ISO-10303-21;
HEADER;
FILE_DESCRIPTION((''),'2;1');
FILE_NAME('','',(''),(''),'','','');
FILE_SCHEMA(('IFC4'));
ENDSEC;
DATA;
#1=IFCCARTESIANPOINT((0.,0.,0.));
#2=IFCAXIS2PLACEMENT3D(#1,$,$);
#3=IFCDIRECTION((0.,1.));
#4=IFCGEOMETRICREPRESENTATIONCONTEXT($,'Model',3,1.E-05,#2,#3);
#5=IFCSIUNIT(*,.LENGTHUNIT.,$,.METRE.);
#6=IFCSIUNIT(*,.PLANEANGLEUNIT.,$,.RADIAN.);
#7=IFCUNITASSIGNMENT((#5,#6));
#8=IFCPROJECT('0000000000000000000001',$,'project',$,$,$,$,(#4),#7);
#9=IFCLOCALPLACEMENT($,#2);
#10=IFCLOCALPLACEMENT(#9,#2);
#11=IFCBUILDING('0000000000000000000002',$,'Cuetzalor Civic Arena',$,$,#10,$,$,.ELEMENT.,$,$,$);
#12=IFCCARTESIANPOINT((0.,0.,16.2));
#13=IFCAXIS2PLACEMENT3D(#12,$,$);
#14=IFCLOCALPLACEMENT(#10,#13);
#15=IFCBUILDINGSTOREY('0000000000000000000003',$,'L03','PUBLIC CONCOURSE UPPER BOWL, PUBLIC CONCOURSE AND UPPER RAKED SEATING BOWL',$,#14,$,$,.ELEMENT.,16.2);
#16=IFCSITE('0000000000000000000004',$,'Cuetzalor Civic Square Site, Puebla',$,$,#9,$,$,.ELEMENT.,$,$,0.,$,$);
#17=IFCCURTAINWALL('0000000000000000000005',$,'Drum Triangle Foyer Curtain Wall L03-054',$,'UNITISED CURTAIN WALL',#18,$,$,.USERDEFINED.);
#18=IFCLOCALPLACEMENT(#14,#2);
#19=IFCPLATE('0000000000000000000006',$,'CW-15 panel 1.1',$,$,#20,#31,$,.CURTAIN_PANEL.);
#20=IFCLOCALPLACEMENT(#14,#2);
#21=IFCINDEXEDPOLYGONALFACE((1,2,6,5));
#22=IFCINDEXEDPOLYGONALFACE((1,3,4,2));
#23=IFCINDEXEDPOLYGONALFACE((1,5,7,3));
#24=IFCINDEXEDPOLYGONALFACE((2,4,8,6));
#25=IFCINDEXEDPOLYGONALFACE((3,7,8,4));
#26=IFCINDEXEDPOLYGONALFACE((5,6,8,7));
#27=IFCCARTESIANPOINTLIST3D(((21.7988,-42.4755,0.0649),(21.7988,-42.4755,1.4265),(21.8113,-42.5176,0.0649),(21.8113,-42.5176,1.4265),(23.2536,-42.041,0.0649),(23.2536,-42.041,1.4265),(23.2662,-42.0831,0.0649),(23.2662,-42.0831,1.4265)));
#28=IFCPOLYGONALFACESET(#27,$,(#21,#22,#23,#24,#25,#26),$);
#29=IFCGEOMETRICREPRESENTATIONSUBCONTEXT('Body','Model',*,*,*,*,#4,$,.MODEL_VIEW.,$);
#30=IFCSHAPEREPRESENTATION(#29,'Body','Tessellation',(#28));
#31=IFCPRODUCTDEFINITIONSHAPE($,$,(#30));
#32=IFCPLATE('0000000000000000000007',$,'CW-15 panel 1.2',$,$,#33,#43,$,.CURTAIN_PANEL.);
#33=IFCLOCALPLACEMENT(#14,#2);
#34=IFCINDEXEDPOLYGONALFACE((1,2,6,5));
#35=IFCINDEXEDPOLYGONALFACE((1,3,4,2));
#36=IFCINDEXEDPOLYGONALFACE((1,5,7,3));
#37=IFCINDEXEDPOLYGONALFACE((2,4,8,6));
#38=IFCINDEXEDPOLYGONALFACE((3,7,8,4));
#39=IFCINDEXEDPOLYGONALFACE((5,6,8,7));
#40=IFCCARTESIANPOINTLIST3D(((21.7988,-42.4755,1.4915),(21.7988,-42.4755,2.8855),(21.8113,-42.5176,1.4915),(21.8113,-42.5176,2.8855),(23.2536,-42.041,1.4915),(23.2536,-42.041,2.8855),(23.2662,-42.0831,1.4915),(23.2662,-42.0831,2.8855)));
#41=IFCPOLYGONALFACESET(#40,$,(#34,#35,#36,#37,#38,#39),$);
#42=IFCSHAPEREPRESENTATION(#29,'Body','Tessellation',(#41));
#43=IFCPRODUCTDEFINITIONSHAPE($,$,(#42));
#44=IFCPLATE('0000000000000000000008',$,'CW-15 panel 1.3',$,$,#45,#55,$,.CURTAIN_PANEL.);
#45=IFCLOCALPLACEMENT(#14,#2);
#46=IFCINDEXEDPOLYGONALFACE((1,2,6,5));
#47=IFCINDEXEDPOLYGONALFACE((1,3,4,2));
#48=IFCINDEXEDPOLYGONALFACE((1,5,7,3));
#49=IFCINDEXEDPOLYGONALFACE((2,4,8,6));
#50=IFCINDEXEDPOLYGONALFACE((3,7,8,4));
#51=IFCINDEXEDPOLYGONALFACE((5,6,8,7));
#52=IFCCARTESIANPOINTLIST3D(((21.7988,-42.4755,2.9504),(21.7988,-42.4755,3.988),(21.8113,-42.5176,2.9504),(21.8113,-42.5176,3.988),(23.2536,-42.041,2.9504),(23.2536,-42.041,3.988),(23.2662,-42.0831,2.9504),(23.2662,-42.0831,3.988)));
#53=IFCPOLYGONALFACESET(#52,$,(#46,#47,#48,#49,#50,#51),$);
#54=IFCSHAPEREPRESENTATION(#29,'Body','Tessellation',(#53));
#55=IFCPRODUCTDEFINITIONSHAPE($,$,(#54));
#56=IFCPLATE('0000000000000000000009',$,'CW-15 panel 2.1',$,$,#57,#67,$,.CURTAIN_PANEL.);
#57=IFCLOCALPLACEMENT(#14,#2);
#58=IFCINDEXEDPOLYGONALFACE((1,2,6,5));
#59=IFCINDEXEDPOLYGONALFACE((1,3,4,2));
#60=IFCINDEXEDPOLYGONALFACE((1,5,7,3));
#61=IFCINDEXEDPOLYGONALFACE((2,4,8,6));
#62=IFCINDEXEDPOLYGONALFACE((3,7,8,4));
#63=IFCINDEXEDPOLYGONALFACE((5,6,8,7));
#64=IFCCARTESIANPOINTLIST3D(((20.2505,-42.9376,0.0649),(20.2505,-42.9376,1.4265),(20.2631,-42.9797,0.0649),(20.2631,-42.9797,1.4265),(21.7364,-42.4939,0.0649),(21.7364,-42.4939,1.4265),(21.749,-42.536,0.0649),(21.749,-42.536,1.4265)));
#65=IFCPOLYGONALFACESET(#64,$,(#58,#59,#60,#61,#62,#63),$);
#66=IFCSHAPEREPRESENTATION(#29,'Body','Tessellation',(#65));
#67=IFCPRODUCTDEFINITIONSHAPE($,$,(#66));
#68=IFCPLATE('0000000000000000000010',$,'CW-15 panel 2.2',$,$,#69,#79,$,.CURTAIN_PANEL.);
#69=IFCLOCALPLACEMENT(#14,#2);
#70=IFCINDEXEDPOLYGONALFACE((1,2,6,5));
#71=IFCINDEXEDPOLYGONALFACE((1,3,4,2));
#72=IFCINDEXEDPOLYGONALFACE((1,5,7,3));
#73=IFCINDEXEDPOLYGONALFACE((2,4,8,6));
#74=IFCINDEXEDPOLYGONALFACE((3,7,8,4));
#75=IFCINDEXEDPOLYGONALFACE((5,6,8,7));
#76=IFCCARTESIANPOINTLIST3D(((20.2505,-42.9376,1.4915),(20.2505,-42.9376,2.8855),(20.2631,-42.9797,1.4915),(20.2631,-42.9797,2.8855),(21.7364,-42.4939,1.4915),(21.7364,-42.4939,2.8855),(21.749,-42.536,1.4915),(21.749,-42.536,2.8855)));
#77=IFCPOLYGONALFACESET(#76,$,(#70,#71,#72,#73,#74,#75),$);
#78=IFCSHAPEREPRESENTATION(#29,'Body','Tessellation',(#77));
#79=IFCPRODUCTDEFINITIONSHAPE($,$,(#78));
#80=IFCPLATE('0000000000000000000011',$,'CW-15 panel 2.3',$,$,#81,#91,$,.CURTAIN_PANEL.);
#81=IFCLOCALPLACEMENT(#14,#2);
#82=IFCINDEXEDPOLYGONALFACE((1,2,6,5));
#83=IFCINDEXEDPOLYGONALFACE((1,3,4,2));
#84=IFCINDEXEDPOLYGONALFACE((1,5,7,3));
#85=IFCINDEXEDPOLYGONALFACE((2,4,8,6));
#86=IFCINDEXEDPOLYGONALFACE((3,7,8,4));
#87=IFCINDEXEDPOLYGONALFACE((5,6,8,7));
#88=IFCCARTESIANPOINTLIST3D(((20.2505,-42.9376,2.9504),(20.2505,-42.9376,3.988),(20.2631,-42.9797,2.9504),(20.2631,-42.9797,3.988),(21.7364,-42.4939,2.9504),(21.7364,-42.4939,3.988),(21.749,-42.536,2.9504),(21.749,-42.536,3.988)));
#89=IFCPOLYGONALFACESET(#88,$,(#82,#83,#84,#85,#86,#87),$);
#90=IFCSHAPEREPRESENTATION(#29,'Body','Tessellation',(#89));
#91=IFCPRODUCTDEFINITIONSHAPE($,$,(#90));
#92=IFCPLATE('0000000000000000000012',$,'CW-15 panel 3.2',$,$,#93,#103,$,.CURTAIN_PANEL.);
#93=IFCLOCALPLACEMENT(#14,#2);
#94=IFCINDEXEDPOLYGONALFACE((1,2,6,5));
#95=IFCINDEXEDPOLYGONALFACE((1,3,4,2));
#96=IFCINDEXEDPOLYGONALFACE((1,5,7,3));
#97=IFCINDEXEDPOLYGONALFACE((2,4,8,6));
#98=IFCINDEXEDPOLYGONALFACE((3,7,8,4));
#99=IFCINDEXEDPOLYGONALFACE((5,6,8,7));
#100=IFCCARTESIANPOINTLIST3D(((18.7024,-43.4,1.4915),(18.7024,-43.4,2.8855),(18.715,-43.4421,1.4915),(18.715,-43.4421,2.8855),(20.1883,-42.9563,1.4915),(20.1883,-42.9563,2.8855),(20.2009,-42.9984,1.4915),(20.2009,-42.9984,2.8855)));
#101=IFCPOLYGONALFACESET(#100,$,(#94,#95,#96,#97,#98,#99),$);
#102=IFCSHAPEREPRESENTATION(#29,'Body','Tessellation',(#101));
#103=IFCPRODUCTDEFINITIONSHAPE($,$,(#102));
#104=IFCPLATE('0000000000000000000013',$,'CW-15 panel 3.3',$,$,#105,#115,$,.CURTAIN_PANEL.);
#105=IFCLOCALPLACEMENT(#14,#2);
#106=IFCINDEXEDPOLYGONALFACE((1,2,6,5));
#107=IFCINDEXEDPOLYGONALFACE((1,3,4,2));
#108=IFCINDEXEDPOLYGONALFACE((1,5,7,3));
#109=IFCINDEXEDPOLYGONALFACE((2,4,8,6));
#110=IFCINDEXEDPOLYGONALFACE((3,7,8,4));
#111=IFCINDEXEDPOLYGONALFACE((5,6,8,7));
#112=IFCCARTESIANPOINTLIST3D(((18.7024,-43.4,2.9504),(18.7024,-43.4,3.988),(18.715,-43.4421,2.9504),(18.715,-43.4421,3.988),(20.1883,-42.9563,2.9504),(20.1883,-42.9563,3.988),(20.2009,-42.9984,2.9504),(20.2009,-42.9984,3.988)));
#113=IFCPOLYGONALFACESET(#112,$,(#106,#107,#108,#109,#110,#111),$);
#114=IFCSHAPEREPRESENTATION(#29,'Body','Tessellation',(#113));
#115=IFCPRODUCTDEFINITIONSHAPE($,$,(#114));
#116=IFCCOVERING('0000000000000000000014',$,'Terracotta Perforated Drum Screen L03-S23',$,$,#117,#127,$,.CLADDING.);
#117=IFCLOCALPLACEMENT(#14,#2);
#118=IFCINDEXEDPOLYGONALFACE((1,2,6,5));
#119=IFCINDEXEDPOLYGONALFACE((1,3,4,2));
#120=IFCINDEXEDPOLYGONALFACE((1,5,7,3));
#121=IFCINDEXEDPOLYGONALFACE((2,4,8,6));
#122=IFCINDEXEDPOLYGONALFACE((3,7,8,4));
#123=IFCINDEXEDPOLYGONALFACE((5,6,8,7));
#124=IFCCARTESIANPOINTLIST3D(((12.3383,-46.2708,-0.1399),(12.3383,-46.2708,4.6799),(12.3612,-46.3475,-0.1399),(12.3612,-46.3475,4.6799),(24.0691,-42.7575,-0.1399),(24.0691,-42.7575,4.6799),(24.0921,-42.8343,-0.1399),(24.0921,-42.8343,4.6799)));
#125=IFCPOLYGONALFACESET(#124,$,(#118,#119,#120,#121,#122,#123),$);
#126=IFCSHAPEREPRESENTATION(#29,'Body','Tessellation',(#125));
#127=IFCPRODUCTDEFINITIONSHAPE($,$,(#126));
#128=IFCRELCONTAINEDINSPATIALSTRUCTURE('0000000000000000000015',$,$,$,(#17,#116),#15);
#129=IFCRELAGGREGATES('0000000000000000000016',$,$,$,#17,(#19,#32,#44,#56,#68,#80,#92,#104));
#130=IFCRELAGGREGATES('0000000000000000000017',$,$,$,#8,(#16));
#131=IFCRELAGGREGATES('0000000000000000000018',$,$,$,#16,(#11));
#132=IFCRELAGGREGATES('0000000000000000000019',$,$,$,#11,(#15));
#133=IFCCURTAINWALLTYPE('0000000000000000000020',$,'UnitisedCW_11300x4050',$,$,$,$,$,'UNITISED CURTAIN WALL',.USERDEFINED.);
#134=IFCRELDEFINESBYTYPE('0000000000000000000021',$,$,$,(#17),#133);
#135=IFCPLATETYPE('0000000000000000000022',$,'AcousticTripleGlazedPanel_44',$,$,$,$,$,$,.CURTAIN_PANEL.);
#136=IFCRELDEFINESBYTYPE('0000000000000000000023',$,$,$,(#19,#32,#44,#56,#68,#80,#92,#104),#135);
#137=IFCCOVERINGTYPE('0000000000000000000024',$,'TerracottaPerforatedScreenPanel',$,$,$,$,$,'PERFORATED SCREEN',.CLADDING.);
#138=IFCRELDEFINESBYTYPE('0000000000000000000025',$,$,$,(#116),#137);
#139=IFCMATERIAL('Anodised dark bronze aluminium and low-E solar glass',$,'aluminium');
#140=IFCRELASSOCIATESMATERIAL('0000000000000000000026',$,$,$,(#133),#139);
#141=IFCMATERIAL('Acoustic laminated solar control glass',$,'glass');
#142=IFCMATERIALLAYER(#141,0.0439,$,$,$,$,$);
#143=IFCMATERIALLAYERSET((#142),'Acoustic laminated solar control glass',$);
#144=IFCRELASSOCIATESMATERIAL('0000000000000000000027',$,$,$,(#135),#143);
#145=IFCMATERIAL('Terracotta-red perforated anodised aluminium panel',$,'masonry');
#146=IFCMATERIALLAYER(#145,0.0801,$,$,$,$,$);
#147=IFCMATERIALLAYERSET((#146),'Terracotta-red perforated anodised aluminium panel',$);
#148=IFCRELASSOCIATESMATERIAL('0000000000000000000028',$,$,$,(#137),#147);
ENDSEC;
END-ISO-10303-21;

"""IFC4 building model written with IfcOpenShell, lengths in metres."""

from ifc_helpers import new_model, si_unit, direction, frame, frame_2d, origin, origin_2d, place, context, subcontext, project, spatial, rectangle, extrude, material, layer, layer_set, type_object, element, aggregate, save


model = new_model("IFC4")

# Units and contexts
model_context = context("Model", 3, precision=1e-05, world=origin(), true_north=direction((0.0, 1.0)))
body_context = subcontext(model_context, "Body", "Model", "MODEL_VIEW")
ifc_project = project(units=[si_unit("LENGTHUNIT", "METRE"), si_unit("PLANEANGLEUNIT", "RADIAN")], contexts=[model_context])

# Site, building, storey
site_placement = place(None, origin())
site = spatial("IfcSite", under=ifc_project, at=site_placement, Name="Cuetzalor Civic Square Site, Puebla", CompositionType="ELEMENT", RefElevation=0.0)
building_placement = place(site_placement, origin())
building = spatial("IfcBuilding", under=site, at=building_placement, Name="Cuetzalor Civic Arena", CompositionType="ELEMENT")
storey_placement = place(building_placement, frame((0.0, 0.0, 16.2)))
storey = spatial("IfcBuildingStorey", under=building, at=storey_placement, Name="L03", Description="PUBLIC CONCOURSE UPPER BOWL, PUBLIC CONCOURSE AND UPPER RAKED SEATING BOWL", CompositionType="ELEMENT", Elevation=16.2)

# Curtain wall, plates
ifc_material_1 = material(Name="Anodised dark bronze aluminium and low-E solar glass", Category="aluminium")
curtain_wall_type = type_object("IfcCurtainWallType", Name="UnitisedCW_11300x4050", ElementType="UNITISED CURTAIN WALL", PredefinedType="USERDEFINED", material=ifc_material_1)
curtain_wall_placement = place(storey_placement, origin())
curtain_wall = element("IfcCurtainWall", 1, at=curtain_wall_placement, inside=storey, type_object=curtain_wall_type, Name="Drum Triangle Foyer Curtain Wall L03-054", ObjectType="UNITISED CURTAIN WALL", PredefinedType="USERDEFINED")
ifc_material_2 = material(Name="Acoustic laminated solar control glass", Category="glass")
ifc_layer_1 = layer(ifc_material_2, 0.0439)
ifc_layer_set_1 = layer_set([ifc_layer_1], Name="Acoustic laminated solar control glass")
plate_type = type_object("IfcPlateType", Name="AcousticTripleGlazedPanel_44", PredefinedType="CURTAIN_PANEL", material=ifc_layer_set_1)
plate_1_placement = place(storey_placement, frame((22.5325, -42.2793, 0.0649), z_axis=(0.0, 0.0, 1.0), x_axis=(-0.958194, -0.28612, 0.0)))
plate_1 = element("IfcPlate", 2, at=plate_1_placement, type_object=plate_type, Name="CW-15 panel 1.1", PredefinedType="CURTAIN_PANEL", context=body_context, shape_type="SweptSolid", body=[
    extrude(rectangle(XDim=1.5183, YDim=0.0439, at=origin_2d()), origin(), (0.0, 0.0, 1.0), 1.3616),
])
plate_2_placement = place(storey_placement, frame((22.5325, -42.2793, 1.4915), z_axis=(0.0, 0.0, 1.0), x_axis=(-0.958194, -0.28612, 0.0)))
plate_2 = element("IfcPlate", 3, at=plate_2_placement, type_object=plate_type, Name="CW-15 panel 1.2", PredefinedType="CURTAIN_PANEL", context=body_context, shape_type="SweptSolid", body=[
    extrude(rectangle(XDim=1.5183, YDim=0.0439, at=origin_2d()), origin(), (0.0, 0.0, 1.0), 1.394),
])
plate_3_placement = place(storey_placement, frame((22.5325, -42.2793, 2.9504), z_axis=(0.0, 0.0, 1.0), x_axis=(-0.958194, -0.28612, 0.0)))
plate_3 = element("IfcPlate", 4, at=plate_3_placement, type_object=plate_type, Name="CW-15 panel 1.3", PredefinedType="CURTAIN_PANEL", context=body_context, shape_type="SweptSolid", body=[
    extrude(rectangle(XDim=1.5183, YDim=0.0439, at=origin_2d()), origin(), (0.0, 0.0, 1.0), 1.0376),
])
plate_4_placement = place(storey_placement, frame((20.9998, -42.7368, 0.0649), z_axis=(0.0, 0.0, 1.0), x_axis=(-0.958194, -0.28612, 0.0)))
plate_4 = element("IfcPlate", 5, at=plate_4_placement, type_object=plate_type, Name="CW-15 panel 2.1", PredefinedType="CURTAIN_PANEL", context=body_context, shape_type="SweptSolid", body=[
    extrude(rectangle(XDim=1.5508, YDim=0.0439, at=origin_2d()), origin(), (0.0, 0.0, 1.0), 1.3616),
])
plate_5_placement = place(storey_placement, frame((20.9998, -42.7368, 1.4915), z_axis=(0.0, 0.0, 1.0), x_axis=(-0.958194, -0.28612, 0.0)))
plate_5 = element("IfcPlate", 6, at=plate_5_placement, type_object=plate_type, Name="CW-15 panel 2.2", PredefinedType="CURTAIN_PANEL", context=body_context, shape_type="SweptSolid", body=[
    extrude(rectangle(XDim=1.5508, YDim=0.0439, at=origin_2d()), origin(), (0.0, 0.0, 1.0), 1.394),
])
plate_6_placement = place(storey_placement, frame((20.9998, -42.7368, 2.9504), z_axis=(0.0, 0.0, 1.0), x_axis=(-0.958194, -0.28612, 0.0)))
plate_6 = element("IfcPlate", 7, at=plate_6_placement, type_object=plate_type, Name="CW-15 panel 2.3", PredefinedType="CURTAIN_PANEL", context=body_context, shape_type="SweptSolid", body=[
    extrude(rectangle(XDim=1.5508, YDim=0.0439, at=origin_2d()), origin(), (0.0, 0.0, 1.0), 1.0376),
])
plate_7_placement = place(storey_placement, frame((19.4517, -43.1992, 1.4915), z_axis=(0.0, 0.0, 1.0), x_axis=(-0.958194, -0.28612, 0.0)))
plate_7 = element("IfcPlate", 8, at=plate_7_placement, type_object=plate_type, Name="CW-15 panel 3.2", PredefinedType="CURTAIN_PANEL", context=body_context, shape_type="SweptSolid", body=[
    extrude(rectangle(XDim=1.5508, YDim=0.0439, at=origin_2d()), origin(), (0.0, 0.0, 1.0), 1.394),
])
plate_8_placement = place(storey_placement, frame((19.4517, -43.1992, 2.9504), z_axis=(0.0, 0.0, 1.0), x_axis=(-0.958194, -0.28612, 0.0)))
plate_8 = element("IfcPlate", 9, at=plate_8_placement, type_object=plate_type, Name="CW-15 panel 3.3", PredefinedType="CURTAIN_PANEL", context=body_context, shape_type="SweptSolid", body=[
    extrude(rectangle(XDim=1.5508, YDim=0.0439, at=origin_2d()), origin(), (0.0, 0.0, 1.0), 1.0376),
])
aggregate(curtain_wall, [plate_1, plate_2, plate_3, plate_4, plate_5, plate_6, plate_7, plate_8])

# Covering
ifc_material_3 = material(Name="Terracotta-red perforated anodised aluminium panel", Category="masonry")
ifc_layer_2 = layer(ifc_material_3, 0.0801)
ifc_layer_set_2 = layer_set([ifc_layer_2], Name="Terracotta-red perforated anodised aluminium panel")
covering_type = type_object("IfcCoveringType", Name="TerracottaPerforatedScreenPanel", ElementType="PERFORATED SCREEN", PredefinedType="CLADDING", material=ifc_layer_set_2)
covering_placement = place(storey_placement, frame((24.0806, -42.7959, -0.1399), z_axis=(0.0, 0.0, 1.0), x_axis=(-0.957962, -0.286896, 0.0)))
element("IfcCovering", 10, at=covering_placement, inside=storey, type_object=covering_type, Name="Terracotta Perforated Drum Screen L03-S23", PredefinedType="CLADDING", context=body_context, shape_type="SweptSolid", body=[
    extrude(rectangle(XDim=12.2456, YDim=0.0801, at=frame_2d((6.1228, 0.0))), origin(), (0.0, 0.0, 1.0), 4.8198),
])

save(model, "model.ifc")
